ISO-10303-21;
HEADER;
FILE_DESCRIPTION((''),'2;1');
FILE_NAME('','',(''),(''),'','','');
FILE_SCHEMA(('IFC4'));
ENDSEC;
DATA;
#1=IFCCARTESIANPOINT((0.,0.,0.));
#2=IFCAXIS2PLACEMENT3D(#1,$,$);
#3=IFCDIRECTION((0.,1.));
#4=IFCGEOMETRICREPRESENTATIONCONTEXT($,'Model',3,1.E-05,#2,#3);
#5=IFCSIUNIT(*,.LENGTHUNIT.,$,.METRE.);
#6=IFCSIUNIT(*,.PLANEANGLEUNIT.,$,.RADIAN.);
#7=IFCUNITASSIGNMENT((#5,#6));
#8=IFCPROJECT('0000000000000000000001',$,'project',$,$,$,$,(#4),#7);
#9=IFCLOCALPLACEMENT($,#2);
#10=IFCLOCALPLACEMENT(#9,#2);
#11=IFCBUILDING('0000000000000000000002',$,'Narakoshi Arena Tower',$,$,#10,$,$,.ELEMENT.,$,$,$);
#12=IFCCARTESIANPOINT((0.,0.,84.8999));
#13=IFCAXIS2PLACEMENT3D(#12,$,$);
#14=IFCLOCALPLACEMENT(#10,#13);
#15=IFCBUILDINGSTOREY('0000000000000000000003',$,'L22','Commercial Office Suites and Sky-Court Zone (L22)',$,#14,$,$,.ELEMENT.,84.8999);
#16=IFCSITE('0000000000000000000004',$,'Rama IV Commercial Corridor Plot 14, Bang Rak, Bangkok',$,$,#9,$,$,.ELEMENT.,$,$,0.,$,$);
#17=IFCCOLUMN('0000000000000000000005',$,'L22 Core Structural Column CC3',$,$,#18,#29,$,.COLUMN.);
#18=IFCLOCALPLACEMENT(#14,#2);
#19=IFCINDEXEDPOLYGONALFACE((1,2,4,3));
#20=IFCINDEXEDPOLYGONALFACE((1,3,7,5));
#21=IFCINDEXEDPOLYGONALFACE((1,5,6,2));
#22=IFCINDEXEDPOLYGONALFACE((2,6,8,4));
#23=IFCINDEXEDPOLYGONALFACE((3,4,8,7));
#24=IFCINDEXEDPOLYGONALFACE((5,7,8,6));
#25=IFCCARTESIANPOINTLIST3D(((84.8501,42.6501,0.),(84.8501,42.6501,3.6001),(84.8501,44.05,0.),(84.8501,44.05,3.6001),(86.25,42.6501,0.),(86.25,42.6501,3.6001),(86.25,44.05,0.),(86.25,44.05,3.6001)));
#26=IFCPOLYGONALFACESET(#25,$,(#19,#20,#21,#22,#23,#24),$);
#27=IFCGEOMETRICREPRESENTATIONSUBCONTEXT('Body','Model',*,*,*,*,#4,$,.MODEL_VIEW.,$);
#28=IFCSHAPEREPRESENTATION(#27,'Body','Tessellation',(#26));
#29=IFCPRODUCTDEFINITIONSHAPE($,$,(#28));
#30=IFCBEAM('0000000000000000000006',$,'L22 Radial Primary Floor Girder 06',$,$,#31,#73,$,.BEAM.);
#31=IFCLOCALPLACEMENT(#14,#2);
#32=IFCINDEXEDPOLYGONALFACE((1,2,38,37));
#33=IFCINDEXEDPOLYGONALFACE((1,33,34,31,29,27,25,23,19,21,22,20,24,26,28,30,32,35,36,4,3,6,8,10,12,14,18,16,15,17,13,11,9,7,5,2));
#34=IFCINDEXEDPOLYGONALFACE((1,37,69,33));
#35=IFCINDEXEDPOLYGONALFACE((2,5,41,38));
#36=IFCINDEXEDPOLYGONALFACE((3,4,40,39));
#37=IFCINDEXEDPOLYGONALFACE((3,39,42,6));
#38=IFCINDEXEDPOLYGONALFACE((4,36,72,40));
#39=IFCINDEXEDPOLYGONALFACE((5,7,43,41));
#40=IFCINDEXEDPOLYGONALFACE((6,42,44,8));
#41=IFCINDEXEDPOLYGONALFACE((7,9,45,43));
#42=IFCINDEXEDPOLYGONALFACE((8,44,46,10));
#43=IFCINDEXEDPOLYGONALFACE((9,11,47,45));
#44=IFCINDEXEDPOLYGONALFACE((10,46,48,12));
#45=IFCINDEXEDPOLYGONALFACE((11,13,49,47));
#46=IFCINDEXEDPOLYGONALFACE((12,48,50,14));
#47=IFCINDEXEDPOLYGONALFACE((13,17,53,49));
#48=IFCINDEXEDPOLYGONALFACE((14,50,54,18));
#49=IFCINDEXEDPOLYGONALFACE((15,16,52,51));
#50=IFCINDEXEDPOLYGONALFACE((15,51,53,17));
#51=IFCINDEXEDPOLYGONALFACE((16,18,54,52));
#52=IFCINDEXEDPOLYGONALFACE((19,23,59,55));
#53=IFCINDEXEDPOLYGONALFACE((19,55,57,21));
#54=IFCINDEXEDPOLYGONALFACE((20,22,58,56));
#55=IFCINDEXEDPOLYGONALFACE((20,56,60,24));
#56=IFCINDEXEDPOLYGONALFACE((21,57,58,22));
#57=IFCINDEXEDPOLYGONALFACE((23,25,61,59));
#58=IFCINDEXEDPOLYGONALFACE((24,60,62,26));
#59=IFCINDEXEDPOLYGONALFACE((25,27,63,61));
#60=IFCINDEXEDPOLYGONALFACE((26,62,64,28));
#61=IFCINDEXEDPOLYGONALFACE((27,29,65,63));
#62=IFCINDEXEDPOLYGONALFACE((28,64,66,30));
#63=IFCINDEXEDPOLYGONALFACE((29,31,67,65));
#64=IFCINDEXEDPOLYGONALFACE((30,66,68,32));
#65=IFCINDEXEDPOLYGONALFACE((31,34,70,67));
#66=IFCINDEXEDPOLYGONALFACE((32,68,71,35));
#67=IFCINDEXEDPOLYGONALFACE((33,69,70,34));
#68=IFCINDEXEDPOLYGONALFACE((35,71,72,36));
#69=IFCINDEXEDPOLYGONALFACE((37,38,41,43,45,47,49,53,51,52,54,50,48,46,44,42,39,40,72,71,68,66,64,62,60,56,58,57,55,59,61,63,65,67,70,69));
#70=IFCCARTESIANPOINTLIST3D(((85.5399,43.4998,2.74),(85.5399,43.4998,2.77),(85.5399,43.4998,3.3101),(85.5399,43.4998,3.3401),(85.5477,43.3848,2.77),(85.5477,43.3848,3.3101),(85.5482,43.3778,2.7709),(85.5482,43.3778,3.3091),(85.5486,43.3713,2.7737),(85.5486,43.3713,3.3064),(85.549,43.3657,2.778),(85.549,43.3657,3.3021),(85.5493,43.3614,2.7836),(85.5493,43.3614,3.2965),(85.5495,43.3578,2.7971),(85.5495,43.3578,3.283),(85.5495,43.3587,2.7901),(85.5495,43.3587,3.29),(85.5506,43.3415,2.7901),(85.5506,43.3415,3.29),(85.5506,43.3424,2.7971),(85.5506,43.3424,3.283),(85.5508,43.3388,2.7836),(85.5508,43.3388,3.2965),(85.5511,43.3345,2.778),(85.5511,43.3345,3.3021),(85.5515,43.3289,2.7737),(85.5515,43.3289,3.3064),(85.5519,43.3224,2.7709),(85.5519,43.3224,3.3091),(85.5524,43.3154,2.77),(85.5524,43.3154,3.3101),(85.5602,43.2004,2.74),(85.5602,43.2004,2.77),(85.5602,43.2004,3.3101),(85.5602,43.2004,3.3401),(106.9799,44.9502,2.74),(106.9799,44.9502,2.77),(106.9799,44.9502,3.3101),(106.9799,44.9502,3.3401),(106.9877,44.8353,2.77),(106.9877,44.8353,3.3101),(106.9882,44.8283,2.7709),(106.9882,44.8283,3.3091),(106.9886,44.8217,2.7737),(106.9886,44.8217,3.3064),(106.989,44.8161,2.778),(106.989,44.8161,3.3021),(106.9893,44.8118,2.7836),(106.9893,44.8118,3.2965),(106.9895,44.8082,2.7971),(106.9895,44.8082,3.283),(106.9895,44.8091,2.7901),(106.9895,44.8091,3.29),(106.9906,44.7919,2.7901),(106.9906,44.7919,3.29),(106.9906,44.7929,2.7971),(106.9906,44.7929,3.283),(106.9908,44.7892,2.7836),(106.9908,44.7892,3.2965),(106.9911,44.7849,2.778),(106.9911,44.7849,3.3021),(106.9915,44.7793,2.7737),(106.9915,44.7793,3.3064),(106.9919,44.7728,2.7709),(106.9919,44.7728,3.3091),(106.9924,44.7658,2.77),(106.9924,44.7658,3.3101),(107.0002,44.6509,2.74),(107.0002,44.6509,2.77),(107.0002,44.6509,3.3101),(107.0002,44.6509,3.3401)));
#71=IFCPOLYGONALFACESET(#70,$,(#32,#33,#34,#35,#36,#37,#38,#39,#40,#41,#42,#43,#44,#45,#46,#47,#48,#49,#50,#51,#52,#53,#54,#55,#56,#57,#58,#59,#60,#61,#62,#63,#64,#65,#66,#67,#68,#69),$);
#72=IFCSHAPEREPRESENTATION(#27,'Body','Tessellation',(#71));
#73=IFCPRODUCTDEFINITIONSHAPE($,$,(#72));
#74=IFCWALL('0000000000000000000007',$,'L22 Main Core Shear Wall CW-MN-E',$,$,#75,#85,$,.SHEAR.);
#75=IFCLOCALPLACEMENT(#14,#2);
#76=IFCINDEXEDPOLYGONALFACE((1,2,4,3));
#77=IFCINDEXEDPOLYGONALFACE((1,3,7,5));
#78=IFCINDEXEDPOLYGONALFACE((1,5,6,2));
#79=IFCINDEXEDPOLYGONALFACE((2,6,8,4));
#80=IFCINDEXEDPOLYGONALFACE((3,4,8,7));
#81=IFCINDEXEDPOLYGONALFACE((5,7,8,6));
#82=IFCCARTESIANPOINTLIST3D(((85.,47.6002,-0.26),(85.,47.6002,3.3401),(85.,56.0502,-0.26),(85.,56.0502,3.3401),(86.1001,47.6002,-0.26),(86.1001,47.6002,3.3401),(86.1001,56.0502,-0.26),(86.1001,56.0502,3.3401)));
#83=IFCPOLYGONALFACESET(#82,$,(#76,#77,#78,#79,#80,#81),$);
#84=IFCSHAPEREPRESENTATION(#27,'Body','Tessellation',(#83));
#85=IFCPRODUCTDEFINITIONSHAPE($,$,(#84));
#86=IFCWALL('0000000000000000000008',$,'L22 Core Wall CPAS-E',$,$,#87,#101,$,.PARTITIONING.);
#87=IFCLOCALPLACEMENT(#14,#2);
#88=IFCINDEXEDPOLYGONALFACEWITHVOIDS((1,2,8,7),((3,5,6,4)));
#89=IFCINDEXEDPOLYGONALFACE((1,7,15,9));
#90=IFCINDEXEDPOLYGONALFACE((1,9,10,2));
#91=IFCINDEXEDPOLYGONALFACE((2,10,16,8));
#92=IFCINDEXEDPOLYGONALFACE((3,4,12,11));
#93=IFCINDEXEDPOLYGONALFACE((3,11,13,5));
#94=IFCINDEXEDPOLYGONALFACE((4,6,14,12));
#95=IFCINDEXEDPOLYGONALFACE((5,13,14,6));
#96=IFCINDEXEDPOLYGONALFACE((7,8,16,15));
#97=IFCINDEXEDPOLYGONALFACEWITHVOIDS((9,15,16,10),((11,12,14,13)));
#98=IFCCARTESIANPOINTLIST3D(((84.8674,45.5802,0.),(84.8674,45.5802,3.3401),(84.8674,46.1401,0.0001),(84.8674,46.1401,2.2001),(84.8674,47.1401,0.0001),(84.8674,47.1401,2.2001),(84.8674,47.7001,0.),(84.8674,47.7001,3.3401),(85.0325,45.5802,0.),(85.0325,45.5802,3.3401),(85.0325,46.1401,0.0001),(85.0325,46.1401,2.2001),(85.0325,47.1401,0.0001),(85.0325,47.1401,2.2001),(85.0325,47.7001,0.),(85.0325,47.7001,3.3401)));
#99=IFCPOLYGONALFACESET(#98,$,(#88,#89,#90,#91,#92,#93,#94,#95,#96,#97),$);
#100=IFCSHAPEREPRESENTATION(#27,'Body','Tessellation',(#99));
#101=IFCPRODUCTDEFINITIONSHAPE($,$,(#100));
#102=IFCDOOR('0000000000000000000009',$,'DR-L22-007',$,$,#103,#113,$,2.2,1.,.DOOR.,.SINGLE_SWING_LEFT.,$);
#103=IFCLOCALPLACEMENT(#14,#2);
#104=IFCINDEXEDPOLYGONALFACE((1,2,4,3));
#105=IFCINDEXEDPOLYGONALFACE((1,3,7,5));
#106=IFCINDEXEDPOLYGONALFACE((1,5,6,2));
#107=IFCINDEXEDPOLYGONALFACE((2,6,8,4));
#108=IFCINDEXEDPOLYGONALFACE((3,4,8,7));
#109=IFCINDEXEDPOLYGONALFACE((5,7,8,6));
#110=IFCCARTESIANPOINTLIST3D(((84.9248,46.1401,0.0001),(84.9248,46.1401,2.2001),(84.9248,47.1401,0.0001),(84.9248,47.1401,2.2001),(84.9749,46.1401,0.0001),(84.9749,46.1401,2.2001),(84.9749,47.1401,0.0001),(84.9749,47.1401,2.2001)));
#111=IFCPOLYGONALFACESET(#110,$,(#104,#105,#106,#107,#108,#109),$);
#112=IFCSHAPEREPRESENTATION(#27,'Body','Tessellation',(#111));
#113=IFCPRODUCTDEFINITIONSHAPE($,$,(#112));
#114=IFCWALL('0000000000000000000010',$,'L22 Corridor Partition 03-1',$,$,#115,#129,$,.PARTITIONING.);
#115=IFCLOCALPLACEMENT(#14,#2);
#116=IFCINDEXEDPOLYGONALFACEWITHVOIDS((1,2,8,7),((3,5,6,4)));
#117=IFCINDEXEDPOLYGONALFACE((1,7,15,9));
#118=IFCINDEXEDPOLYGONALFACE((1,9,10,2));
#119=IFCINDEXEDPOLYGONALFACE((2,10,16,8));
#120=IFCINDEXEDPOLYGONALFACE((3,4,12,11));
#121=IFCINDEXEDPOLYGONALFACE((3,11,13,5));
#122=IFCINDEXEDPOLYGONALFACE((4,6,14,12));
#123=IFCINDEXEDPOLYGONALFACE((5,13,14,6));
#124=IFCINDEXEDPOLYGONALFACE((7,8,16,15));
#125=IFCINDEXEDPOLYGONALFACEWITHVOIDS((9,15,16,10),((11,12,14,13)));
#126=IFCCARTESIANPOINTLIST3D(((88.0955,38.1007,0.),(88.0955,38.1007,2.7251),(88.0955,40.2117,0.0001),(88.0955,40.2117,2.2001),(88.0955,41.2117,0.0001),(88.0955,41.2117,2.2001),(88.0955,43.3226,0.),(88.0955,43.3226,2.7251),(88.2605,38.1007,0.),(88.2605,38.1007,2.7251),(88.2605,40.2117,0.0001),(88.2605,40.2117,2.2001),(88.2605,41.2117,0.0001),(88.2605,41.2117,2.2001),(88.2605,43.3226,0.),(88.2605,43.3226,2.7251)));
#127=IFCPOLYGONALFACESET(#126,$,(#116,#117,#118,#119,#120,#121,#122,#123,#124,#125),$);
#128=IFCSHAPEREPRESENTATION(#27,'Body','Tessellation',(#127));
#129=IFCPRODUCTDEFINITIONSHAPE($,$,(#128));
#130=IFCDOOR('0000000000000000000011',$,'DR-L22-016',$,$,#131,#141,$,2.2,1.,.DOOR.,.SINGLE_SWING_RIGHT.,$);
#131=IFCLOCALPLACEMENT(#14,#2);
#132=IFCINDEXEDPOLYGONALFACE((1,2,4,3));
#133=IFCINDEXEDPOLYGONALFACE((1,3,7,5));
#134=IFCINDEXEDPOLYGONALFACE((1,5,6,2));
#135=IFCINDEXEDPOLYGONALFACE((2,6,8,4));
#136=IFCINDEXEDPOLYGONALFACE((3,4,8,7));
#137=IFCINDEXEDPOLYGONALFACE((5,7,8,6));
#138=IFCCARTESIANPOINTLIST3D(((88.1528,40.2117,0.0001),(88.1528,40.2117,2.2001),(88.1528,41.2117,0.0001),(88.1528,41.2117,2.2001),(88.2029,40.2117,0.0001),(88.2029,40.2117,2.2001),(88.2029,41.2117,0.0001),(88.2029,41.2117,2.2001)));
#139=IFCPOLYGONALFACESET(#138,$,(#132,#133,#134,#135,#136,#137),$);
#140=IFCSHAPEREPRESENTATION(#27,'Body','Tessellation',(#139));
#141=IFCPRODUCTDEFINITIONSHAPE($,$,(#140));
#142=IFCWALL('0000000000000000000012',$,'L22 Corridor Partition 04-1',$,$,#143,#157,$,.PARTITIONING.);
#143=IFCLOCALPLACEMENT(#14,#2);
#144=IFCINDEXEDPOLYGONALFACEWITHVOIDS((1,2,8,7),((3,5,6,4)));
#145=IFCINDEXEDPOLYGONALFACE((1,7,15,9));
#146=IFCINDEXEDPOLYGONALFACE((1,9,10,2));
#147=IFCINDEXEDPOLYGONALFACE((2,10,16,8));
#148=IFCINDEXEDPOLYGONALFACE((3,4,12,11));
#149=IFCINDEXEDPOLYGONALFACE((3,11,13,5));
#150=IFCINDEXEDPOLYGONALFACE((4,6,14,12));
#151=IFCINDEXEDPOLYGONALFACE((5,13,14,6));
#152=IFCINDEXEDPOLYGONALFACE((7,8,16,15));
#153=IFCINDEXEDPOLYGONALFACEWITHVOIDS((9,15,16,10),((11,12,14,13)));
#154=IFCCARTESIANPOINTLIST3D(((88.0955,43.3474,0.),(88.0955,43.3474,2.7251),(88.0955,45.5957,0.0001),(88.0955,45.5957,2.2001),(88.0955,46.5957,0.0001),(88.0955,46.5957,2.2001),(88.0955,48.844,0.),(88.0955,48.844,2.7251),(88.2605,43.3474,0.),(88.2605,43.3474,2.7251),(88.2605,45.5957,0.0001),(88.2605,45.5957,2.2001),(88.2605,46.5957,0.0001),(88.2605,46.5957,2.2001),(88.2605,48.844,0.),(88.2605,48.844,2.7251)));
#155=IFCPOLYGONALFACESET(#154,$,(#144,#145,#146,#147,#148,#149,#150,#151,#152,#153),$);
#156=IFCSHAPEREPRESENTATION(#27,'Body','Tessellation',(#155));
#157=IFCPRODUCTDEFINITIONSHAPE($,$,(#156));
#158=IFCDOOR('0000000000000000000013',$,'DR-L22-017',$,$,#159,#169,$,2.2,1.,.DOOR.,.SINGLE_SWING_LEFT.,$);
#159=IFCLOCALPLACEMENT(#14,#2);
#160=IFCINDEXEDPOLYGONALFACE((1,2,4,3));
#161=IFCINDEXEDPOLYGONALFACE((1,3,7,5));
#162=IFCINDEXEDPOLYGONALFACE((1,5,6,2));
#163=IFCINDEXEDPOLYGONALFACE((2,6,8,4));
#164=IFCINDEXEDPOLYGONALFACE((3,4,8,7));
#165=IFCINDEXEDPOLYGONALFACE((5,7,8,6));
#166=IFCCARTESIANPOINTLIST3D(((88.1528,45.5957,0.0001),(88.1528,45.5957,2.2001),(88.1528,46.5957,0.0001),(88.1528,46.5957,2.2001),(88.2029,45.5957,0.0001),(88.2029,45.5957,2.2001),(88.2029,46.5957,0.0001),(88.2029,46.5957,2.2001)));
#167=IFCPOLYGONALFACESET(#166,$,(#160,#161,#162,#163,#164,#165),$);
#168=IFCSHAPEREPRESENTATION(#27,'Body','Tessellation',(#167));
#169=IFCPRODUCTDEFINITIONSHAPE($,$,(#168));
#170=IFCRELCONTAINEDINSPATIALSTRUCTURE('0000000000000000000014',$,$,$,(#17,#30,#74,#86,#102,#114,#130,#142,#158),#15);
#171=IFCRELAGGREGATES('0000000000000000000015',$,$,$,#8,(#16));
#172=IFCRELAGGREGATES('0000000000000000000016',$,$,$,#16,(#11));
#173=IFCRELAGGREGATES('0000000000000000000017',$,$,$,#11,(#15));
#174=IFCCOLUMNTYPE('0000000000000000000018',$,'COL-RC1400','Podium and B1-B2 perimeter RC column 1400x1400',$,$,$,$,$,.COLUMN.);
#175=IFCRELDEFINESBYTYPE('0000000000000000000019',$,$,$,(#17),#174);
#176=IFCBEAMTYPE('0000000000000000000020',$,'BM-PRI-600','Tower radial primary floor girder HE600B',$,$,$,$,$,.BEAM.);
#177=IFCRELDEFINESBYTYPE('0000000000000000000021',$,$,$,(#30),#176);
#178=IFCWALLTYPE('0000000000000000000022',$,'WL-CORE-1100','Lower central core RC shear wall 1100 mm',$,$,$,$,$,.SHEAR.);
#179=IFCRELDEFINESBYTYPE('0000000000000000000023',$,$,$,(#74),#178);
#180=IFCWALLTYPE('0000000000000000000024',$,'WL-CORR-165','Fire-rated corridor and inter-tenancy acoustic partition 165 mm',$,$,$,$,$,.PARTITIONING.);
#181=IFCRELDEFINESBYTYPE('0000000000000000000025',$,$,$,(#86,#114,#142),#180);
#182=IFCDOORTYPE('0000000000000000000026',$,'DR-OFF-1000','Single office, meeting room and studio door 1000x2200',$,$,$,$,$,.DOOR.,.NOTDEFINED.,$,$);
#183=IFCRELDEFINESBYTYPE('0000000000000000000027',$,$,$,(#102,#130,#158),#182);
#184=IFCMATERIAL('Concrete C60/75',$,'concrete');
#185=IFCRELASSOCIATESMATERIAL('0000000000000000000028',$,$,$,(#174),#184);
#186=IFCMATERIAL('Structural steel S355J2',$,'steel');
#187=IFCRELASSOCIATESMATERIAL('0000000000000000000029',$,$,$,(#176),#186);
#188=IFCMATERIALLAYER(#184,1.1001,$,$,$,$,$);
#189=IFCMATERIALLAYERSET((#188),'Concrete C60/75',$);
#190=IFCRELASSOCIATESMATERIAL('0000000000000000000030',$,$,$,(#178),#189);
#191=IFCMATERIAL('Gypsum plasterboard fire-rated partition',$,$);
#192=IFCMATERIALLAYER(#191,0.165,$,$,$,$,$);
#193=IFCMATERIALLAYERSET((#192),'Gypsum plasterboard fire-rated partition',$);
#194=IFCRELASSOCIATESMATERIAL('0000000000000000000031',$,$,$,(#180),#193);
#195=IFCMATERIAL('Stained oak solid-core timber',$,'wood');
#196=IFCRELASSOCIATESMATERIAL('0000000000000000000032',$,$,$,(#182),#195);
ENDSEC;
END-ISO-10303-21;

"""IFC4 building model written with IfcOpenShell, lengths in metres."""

from ifc_helpers import new_model, si_unit, direction, frame, frame_2d, origin, origin_2d, place, context, subcontext, project, spatial, rectangle, i_section, extrude, material, layer, layer_set, material_profile, profile_set, type_object, element, fill, save


model = new_model("IFC4")

# Units and contexts
model_context = context("Model", 3, precision=1e-05, world=origin(), true_north=direction((0.0, 1.0)))
body_context = subcontext(model_context, "Body", "Model", "MODEL_VIEW")
ifc_project = project(units=[si_unit("LENGTHUNIT", "METRE"), si_unit("PLANEANGLEUNIT", "RADIAN")], contexts=[model_context])

# Site, building, storey
site_placement = place(None, origin())
site = spatial("IfcSite", under=ifc_project, at=site_placement, Name="Rama IV Commercial Corridor Plot 14, Bang Rak, Bangkok", CompositionType="ELEMENT", RefElevation=0.0)
building_placement = place(site_placement, origin())
building = spatial("IfcBuilding", under=site, at=building_placement, Name="Narakoshi Arena Tower", CompositionType="ELEMENT")
storey_placement = place(building_placement, frame((0.0, 0.0, 84.8999)))
storey = spatial("IfcBuildingStorey", under=building, at=storey_placement, Name="L22", Description="Commercial Office Suites and Sky-Court Zone (L22)", CompositionType="ELEMENT", Elevation=84.8999)

# Column
ifc_material_1 = material(Name="Concrete C60/75", Category="concrete")
ifc_material_profile_1 = material_profile(ifc_material_1, rectangle(XDim=1.3999, YDim=1.3999, at=origin_2d()), Name="RC1400x1400")
ifc_profile_set_1 = profile_set([ifc_material_profile_1], Name="Concrete C60/75")
column_type = type_object("IfcColumnType", Name="COL-RC1400", Description="Podium and B1-B2 perimeter RC column 1400x1400", PredefinedType="COLUMN", material=ifc_profile_set_1)
column_placement = place(storey_placement, frame((85.55, 43.3501, 0.0), z_axis=(0.0, 0.0, 1.0), x_axis=(1.0, 0.0, 0.0)))
element("IfcColumn", 1, at=column_placement, inside=storey, type_object=column_type, Name="L22 Core Structural Column CC3", PredefinedType="COLUMN", context=body_context, shape_type="SweptSolid", body=[
    extrude(rectangle(XDim=1.3999, YDim=1.3999, at=origin_2d()), origin(), (0.0, 0.0, 1.0), 3.6001),
])

# Beam
ifc_material_2 = material(Name="Structural steel S355J2", Category="steel")
ifc_material_profile_2 = material_profile(ifc_material_2, i_section(OverallWidth=0.3, OverallDepth=0.6001, WebThickness=0.0154, FlangeThickness=0.03, FilletRadius=0.0271, at=origin_2d()), Name="HE600B")
ifc_profile_set_2 = profile_set([ifc_material_profile_2], Name="Structural steel S355J2")
beam_type = type_object("IfcBeamType", Name="BM-PRI-600", Description="Tower radial primary floor girder HE600B", PredefinedType="BEAM", material=ifc_profile_set_2)
beam_placement = place(storey_placement, frame((85.55, 43.3501, 3.04), z_axis=(0.997719, 0.067497, 0.0), x_axis=(-0.067497, 0.997719, 0.0)))
element("IfcBeam", 2, at=beam_placement, inside=storey, type_object=beam_type, Name="L22 Radial Primary Floor Girder 06", PredefinedType="BEAM", context=body_context, shape_type="SweptSolid", body=[
    extrude(i_section(OverallWidth=0.3, OverallDepth=0.6001, WebThickness=0.0154, FlangeThickness=0.03, FilletRadius=0.0271, at=origin_2d()), origin(), (0.0, 0.0, 1.0), 21.489),
])

# Wall
ifc_layer_1 = layer(ifc_material_1, 1.1001)
ifc_layer_set_1 = layer_set([ifc_layer_1], Name="Concrete C60/75")
wall_type_1 = type_object("IfcWallType", Name="WL-CORE-1100", Description="Lower central core RC shear wall 1100 mm", PredefinedType="SHEAR", material=ifc_layer_set_1)
wall_1_placement = place(storey_placement, frame((85.55, 47.6001, -0.26), z_axis=(0.0, 0.0, 1.0), x_axis=(0.0, 1.0, 0.0)))
element("IfcWall", 3, at=wall_1_placement, inside=storey, type_object=wall_type_1, Name="L22 Main Core Shear Wall CW-MN-E", PredefinedType="SHEAR", context=body_context, shape_type="SweptSolid", body=[
    extrude(rectangle(XDim=8.45, YDim=1.1001, at=frame_2d((4.2251, 0.0))), origin(), (0.0, 0.0, 1.0), 3.6001),
])

# Walls, openings, doors
ifc_material_3 = material(Name="Gypsum plasterboard fire-rated partition")
ifc_layer_2 = layer(ifc_material_3, 0.165)
ifc_layer_set_2 = layer_set([ifc_layer_2], Name="Gypsum plasterboard fire-rated partition")
wall_type_2 = type_object("IfcWallType", Name="WL-CORR-165", Description="Fire-rated corridor and inter-tenancy acoustic partition 165 mm", PredefinedType="PARTITIONING", material=ifc_layer_set_2)
wall_2_placement = place(storey_placement, frame((84.95, 45.5801, 0.0), z_axis=(0.0, 0.0, 1.0), x_axis=(0.0, 1.0, 0.0)))
wall_2 = element("IfcWall", 4, at=wall_2_placement, inside=storey, type_object=wall_type_2, Name="L22 Core Wall CPAS-E", PredefinedType="PARTITIONING", context=body_context, shape_type="SweptSolid", body=[
    extrude(rectangle(XDim=2.1199, YDim=0.165, at=frame_2d((1.0601, 0.0))), origin(), (0.0, 0.0, 1.0), 3.3401),
])
opening_1_placement = place(wall_2_placement, frame((0.5601, 0.0, 0.0)))
opening_1 = element("IfcOpeningElement", 5, at=opening_1_placement, cuts=wall_2, PredefinedType="OPENING", context=body_context, shape_type="SweptSolid", body=[
    extrude(rectangle(XDim=1.0, YDim=2.2, at=frame_2d((0.5, 1.1001))), frame((0.0, 0.0925, 0.0), z_axis=(0.0, -1.0, 0.0), x_axis=(1.0, 0.0, 0.0)), (0.0, 0.0, 1.0), 0.1851),
])
ifc_material_4 = material(Name="Stained oak solid-core timber", Category="wood")
door_type_1 = type_object("IfcDoorType", Name="DR-OFF-1000", Description="Single office, meeting room and studio door 1000x2200", OperationType="NOTDEFINED", PredefinedType="DOOR", material=ifc_material_4)
door_1_placement = place(opening_1_placement, frame((1.0, 0.0, 0.0), z_axis=(0.0, 0.0, 1.0), x_axis=(-1.0, 0.0, 0.0)))
door_1 = element("IfcDoor", 6, at=door_1_placement, inside=storey, type_object=door_type_1, Name="DR-L22-007", OperationType="SINGLE_SWING_LEFT", OverallHeight=2.2, OverallWidth=1.0, PredefinedType="DOOR", context=body_context, shape_type="SweptSolid", body=[
    extrude(rectangle(XDim=1.0, YDim=2.2, at=frame_2d((0.5, 1.1001))), frame((0.0, 0.0249, 0.0), z_axis=(0.0, -1.0, 0.0), x_axis=(1.0, 0.0, 0.0)), (0.0, 0.0, 1.0), 0.05),
])
fill(opening_1, door_1)
wall_3_placement = place(storey_placement, frame((88.178, 38.1008, 0.0), z_axis=(0.0, 0.0, 1.0), x_axis=(0.0, 1.0, 0.0)))
wall_3 = element("IfcWall", 7, at=wall_3_placement, inside=storey, type_object=wall_type_2, Name="L22 Corridor Partition 03-1", PredefinedType="PARTITIONING", context=body_context, shape_type="SweptSolid", body=[
    extrude(rectangle(XDim=5.2219, YDim=0.165, at=frame_2d((2.6108, 0.0))), origin(), (0.0, 0.0, 1.0), 2.7251),
])
opening_2_placement = place(wall_3_placement, frame((2.1108, 0.0, 0.0)))
opening_2 = element("IfcOpeningElement", 8, at=opening_2_placement, cuts=wall_3, PredefinedType="OPENING", context=body_context, shape_type="SweptSolid", body=[
    extrude(rectangle(XDim=1.0, YDim=2.2, at=frame_2d((0.5, 1.1001))), frame((0.0, 0.0925, 0.0), z_axis=(0.0, -1.0, 0.0), x_axis=(1.0, 0.0, 0.0)), (0.0, 0.0, 1.0), 0.1851),
])
door_2_placement = place(opening_2_placement, frame((1.0, 0.0, 0.0), z_axis=(0.0, 0.0, 1.0), x_axis=(-1.0, 0.0, 0.0)))
door_2 = element("IfcDoor", 9, at=door_2_placement, inside=storey, type_object=door_type_1, Name="DR-L22-016", OperationType="SINGLE_SWING_RIGHT", OverallHeight=2.2, OverallWidth=1.0, PredefinedType="DOOR", context=body_context, shape_type="SweptSolid", body=[
    extrude(rectangle(XDim=1.0, YDim=2.2, at=frame_2d((0.5, 1.1001))), frame((0.0, 0.0249, 0.0), z_axis=(0.0, -1.0, 0.0), x_axis=(1.0, 0.0, 0.0)), (0.0, 0.0, 1.0), 0.05),
])
fill(opening_2, door_2)
wall_4_placement = place(storey_placement, frame((88.178, 43.3474, 0.0), z_axis=(0.0, 0.0, 1.0), x_axis=(0.0, 1.0, 0.0)))
wall_4 = element("IfcWall", 10, at=wall_4_placement, inside=storey, type_object=wall_type_2, Name="L22 Corridor Partition 04-1", PredefinedType="PARTITIONING", context=body_context, shape_type="SweptSolid", body=[
    extrude(rectangle(XDim=5.4966, YDim=0.165, at=frame_2d((2.7483, 0.0))), origin(), (0.0, 0.0, 1.0), 2.7251),
])
opening_3_placement = place(wall_4_placement, frame((2.2483, 0.0, 0.0)))
opening_3 = element("IfcOpeningElement", 11, at=opening_3_placement, cuts=wall_4, PredefinedType="OPENING", context=body_context, shape_type="SweptSolid", body=[
    extrude(rectangle(XDim=1.0, YDim=2.2, at=frame_2d((0.5, 1.1001))), frame((0.0, 0.0925, 0.0), z_axis=(0.0, -1.0, 0.0), x_axis=(1.0, 0.0, 0.0)), (0.0, 0.0, 1.0), 0.1851),
])
door_3_placement = place(opening_3_placement, frame((1.0, 0.0, 0.0), z_axis=(0.0, 0.0, 1.0), x_axis=(-1.0, 0.0, 0.0)))
door_3 = element("IfcDoor", 12, at=door_3_placement, inside=storey, type_object=door_type_1, Name="DR-L22-017", OperationType="SINGLE_SWING_LEFT", OverallHeight=2.2, OverallWidth=1.0, PredefinedType="DOOR", context=body_context, shape_type="SweptSolid", body=[
    extrude(rectangle(XDim=1.0, YDim=2.2, at=frame_2d((0.5, 1.1001))), frame((0.0, 0.0249, 0.0), z_axis=(0.0, -1.0, 0.0), x_axis=(1.0, 0.0, 0.0)), (0.0, 0.0, 1.0), 0.05),
])
fill(opening_3, door_3)

save(model, "model.ifc")
